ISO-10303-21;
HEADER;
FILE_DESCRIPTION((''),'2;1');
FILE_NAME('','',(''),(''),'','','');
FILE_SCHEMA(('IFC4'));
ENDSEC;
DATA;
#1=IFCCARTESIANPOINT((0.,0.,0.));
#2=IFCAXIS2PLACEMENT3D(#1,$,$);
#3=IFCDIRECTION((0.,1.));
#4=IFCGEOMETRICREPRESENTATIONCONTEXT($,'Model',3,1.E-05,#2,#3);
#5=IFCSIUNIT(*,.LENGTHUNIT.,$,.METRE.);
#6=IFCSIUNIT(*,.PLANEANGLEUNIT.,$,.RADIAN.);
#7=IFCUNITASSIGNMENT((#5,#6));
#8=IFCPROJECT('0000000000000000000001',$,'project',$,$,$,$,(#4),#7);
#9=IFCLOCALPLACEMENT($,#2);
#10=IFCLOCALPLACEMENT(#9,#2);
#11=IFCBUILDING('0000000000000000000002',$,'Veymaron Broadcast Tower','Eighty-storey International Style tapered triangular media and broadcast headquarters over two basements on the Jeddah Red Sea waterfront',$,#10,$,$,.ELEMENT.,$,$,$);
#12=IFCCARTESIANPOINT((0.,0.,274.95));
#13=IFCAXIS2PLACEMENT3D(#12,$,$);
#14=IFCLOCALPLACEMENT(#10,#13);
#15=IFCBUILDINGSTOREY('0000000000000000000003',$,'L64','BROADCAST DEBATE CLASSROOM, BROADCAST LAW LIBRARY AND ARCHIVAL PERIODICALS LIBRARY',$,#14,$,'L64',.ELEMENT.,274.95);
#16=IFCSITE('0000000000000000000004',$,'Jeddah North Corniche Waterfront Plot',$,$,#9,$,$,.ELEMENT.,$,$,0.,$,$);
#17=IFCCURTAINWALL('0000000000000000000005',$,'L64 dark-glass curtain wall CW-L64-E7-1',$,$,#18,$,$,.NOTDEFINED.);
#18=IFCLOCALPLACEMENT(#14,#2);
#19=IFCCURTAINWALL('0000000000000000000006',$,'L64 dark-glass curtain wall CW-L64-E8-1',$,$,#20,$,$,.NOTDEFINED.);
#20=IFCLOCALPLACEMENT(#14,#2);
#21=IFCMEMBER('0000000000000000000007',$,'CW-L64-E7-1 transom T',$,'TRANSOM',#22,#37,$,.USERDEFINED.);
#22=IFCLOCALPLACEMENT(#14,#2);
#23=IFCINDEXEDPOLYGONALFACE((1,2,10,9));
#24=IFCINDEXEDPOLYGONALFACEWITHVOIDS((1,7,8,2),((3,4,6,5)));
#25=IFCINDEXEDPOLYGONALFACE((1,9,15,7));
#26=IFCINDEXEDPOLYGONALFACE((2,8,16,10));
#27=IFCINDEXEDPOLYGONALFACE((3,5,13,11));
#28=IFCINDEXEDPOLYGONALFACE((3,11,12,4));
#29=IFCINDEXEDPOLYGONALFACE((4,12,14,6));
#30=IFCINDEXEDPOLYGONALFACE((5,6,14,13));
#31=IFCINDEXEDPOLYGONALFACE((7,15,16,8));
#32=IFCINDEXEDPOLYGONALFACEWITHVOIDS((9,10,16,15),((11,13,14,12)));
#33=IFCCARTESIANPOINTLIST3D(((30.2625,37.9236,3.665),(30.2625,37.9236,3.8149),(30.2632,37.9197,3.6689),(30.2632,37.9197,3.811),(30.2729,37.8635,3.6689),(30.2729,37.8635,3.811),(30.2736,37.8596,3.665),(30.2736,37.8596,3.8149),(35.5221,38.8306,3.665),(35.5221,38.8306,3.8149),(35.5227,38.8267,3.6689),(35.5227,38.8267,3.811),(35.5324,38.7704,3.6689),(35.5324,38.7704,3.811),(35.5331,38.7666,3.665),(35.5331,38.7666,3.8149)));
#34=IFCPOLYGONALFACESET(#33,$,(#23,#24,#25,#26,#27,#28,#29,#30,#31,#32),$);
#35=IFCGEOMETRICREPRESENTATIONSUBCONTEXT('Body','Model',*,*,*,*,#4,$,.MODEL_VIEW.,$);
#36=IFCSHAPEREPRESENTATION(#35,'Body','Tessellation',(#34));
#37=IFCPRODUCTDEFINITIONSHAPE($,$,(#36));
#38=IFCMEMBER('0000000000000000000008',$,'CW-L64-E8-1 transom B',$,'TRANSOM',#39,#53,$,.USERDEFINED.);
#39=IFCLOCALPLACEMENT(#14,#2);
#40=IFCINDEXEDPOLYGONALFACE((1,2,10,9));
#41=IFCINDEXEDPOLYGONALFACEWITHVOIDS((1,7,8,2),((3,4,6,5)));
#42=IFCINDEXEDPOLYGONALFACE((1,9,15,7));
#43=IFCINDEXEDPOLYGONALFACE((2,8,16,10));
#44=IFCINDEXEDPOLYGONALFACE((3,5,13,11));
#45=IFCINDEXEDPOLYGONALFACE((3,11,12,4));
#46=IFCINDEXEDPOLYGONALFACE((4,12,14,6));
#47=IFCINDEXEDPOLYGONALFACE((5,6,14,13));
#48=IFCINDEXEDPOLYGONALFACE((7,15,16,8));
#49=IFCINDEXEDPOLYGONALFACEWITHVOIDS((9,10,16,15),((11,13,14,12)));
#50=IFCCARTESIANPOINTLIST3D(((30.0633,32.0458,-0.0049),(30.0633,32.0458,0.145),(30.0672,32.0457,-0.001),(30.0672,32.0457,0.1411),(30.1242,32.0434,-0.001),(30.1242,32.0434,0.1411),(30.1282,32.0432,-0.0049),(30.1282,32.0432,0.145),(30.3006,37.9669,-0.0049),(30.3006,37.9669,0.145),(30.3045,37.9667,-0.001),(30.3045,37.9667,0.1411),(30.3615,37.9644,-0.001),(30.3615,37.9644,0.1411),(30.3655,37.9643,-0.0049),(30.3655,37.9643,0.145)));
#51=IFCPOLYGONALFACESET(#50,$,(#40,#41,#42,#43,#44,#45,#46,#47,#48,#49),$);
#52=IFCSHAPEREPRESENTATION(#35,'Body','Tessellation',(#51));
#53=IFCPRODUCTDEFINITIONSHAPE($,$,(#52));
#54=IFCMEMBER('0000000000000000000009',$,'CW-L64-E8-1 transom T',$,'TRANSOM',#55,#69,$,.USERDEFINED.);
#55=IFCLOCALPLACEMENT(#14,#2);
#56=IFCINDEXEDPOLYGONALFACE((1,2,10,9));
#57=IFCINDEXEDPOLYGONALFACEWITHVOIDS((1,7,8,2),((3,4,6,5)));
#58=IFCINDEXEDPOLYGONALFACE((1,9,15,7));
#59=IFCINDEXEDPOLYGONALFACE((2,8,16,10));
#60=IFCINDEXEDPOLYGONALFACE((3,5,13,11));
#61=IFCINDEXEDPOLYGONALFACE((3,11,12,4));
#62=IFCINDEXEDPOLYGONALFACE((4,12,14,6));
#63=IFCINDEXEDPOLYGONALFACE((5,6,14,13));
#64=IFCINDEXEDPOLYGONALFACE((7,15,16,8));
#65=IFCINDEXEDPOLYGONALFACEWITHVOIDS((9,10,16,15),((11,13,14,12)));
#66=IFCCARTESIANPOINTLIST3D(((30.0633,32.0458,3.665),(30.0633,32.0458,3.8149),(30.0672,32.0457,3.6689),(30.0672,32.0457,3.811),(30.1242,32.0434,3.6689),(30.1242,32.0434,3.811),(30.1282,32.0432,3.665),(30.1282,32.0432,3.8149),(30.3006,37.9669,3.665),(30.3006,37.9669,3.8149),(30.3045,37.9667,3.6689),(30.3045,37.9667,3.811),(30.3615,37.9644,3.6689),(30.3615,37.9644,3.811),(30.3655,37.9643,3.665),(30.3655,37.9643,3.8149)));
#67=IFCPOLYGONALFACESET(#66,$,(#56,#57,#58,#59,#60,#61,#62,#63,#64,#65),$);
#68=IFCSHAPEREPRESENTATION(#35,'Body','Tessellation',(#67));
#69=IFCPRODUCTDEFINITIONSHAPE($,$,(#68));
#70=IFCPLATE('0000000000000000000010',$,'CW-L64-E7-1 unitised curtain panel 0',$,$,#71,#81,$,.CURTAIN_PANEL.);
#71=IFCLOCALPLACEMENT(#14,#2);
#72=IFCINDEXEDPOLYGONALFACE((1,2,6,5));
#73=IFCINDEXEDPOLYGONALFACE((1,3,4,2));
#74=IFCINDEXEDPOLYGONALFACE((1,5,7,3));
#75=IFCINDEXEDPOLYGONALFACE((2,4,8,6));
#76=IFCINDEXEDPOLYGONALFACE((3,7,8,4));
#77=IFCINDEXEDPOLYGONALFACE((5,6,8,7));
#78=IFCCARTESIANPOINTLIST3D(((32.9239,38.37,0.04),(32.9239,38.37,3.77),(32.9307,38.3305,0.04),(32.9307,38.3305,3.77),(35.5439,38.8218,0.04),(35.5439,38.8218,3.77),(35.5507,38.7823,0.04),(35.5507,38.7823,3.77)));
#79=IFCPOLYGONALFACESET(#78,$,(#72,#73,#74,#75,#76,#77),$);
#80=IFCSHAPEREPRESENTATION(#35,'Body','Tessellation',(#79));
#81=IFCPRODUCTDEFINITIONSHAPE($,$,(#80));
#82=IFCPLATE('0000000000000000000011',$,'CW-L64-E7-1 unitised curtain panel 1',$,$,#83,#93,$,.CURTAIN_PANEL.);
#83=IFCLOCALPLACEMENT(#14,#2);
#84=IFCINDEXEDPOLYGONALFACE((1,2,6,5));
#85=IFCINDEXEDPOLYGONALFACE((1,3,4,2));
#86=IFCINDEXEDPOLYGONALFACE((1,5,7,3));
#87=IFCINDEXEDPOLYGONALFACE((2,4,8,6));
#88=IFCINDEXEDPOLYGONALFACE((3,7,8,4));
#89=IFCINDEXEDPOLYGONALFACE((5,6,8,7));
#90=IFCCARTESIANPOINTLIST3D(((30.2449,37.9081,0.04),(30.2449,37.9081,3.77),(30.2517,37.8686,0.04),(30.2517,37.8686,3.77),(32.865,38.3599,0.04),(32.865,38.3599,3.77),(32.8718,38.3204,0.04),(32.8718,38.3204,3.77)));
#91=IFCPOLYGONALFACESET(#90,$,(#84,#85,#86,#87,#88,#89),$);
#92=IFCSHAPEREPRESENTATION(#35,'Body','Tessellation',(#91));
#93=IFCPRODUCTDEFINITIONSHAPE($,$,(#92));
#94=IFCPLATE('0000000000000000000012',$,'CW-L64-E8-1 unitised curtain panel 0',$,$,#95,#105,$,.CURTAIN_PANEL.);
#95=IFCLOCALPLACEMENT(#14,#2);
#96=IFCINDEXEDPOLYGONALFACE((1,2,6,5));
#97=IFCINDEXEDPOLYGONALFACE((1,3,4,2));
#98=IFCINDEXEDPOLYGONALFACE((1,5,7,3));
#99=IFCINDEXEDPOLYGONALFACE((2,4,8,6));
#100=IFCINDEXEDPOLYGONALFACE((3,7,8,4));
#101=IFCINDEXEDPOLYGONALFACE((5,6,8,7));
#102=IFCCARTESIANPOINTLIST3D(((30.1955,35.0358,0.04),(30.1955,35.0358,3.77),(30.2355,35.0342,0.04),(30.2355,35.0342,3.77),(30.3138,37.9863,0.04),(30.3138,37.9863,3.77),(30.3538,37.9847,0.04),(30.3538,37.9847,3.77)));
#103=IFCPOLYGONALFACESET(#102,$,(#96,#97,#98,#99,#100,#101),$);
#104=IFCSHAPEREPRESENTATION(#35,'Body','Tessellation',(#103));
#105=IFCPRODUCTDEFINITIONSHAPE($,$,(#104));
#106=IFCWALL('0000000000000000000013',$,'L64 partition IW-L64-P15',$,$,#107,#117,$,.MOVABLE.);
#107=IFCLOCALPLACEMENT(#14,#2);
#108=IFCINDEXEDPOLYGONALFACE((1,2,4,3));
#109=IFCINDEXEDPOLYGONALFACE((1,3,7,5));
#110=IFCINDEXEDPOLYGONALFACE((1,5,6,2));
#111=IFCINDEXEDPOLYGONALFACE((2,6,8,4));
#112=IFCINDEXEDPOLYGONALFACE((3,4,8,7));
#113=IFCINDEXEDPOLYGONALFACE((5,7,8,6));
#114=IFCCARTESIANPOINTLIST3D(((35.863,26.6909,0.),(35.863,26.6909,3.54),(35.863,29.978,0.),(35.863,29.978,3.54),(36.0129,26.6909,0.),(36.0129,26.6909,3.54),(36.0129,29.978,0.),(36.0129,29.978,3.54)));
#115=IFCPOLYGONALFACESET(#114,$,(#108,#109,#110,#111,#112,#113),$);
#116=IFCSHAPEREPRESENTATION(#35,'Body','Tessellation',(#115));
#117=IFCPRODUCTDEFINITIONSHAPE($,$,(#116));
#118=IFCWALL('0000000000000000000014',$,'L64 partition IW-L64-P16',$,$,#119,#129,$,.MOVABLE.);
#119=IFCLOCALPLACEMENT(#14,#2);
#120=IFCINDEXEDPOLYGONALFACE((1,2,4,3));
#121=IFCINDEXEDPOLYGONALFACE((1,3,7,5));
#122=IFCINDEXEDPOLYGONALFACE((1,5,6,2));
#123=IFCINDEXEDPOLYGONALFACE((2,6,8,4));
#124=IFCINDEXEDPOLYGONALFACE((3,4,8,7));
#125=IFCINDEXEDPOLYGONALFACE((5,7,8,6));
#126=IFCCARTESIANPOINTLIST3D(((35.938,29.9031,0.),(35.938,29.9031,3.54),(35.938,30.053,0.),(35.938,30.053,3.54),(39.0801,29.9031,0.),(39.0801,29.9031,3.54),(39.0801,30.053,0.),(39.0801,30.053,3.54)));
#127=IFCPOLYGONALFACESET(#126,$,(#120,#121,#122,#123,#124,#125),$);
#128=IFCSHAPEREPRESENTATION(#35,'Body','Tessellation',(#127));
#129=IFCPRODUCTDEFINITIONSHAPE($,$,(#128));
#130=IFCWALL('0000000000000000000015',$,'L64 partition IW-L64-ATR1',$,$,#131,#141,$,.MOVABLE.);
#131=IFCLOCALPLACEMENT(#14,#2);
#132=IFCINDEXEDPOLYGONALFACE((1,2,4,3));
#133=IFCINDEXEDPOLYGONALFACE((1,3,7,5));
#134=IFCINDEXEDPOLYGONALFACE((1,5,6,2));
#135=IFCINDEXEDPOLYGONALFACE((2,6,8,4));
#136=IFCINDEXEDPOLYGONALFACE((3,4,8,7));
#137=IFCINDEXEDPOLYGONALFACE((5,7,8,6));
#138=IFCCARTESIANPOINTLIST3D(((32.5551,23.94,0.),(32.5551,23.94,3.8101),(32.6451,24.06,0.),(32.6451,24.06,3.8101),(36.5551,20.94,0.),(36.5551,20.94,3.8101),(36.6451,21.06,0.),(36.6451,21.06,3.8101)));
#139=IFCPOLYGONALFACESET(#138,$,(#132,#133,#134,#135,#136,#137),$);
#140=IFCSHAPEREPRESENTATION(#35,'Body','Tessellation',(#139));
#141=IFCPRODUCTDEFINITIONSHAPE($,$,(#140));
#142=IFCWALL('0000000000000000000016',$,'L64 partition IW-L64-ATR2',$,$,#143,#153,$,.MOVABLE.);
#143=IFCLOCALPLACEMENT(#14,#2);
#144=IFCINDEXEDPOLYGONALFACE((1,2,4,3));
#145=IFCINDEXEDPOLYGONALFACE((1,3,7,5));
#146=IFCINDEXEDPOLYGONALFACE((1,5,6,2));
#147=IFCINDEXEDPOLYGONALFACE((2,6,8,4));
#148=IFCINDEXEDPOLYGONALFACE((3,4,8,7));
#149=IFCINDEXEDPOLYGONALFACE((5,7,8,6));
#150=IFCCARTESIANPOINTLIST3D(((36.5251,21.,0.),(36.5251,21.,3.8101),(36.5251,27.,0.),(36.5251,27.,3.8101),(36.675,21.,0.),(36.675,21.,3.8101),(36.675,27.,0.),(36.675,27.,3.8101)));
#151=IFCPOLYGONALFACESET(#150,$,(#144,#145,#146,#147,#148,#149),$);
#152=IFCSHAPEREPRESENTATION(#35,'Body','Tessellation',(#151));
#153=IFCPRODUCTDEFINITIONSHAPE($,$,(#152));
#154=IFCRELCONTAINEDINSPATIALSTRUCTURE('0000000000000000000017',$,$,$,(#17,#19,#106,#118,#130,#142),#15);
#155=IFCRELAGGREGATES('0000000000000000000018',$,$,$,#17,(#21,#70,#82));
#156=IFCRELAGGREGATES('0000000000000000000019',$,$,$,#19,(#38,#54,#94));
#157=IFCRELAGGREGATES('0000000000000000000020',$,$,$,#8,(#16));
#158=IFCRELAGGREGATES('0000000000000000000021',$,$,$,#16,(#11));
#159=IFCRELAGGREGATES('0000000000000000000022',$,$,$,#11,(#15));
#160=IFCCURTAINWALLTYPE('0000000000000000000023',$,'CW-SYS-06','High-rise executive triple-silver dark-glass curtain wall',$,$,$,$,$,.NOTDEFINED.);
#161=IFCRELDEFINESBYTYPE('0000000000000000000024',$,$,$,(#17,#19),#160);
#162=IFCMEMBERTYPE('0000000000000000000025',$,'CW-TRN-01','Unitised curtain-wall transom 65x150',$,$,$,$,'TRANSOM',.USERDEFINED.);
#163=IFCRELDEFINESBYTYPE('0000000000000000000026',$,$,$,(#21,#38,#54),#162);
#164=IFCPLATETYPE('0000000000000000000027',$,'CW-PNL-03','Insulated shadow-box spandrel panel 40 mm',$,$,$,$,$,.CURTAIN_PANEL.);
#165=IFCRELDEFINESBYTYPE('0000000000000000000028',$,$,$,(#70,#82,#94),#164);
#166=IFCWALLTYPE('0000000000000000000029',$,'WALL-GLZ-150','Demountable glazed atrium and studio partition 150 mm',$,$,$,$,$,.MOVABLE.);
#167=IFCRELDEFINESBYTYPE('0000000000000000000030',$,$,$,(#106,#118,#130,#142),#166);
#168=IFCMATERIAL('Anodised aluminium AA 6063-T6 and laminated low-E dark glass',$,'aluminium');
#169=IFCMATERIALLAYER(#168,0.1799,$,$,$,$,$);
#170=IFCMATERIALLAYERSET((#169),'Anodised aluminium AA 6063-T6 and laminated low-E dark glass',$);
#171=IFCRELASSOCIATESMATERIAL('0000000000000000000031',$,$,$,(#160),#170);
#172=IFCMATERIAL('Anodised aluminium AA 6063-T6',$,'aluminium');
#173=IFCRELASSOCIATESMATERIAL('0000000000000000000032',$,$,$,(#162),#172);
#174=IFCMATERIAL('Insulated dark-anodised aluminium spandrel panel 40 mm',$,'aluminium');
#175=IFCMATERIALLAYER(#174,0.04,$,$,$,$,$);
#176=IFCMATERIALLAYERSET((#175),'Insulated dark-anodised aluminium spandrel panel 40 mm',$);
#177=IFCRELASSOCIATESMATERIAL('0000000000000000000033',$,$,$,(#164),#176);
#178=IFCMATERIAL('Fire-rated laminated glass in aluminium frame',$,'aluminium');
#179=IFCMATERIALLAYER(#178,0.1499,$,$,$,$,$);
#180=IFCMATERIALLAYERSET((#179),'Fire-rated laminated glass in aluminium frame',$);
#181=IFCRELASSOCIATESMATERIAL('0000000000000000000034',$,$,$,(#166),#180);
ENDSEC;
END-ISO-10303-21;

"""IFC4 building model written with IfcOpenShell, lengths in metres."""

from ifc_helpers import new_model, si_unit, direction, frame, frame_2d, origin, origin_2d, place, context, subcontext, project, spatial, rectangle, hollow_rectangle, extrude, material, layer, layer_set, material_profile, profile_set, type_object, element, aggregate, save


model = new_model("IFC4")

# Units and contexts
model_context = context("Model", 3, precision=1e-05, world=origin(), true_north=direction((0.0, 1.0)))
body_context = subcontext(model_context, "Body", "Model", "MODEL_VIEW")
ifc_project = project(units=[si_unit("LENGTHUNIT", "METRE"), si_unit("PLANEANGLEUNIT", "RADIAN")], contexts=[model_context])

# Site, building, storey
site_placement = place(None, origin())
site = spatial("IfcSite", under=ifc_project, at=site_placement, Name="Jeddah North Corniche Waterfront Plot", CompositionType="ELEMENT", RefElevation=0.0)
building_placement = place(site_placement, origin())
building = spatial("IfcBuilding", under=site, at=building_placement, Name="Veymaron Broadcast Tower", Description="Eighty-storey International Style tapered triangular media and broadcast headquarters over two basements on the Jeddah Red Sea waterfront", CompositionType="ELEMENT")
storey_placement = place(building_placement, frame((0.0, 0.0, 274.95)))
storey = spatial("IfcBuildingStorey", under=building, at=storey_placement, Name="L64", Description="BROADCAST DEBATE CLASSROOM, BROADCAST LAW LIBRARY AND ARCHIVAL PERIODICALS LIBRARY", LongName="L64", CompositionType="ELEMENT", Elevation=274.95)

# Shared definitions
ifc_material_1 = material(Name="Anodised aluminium AA 6063-T6 and laminated low-E dark glass", Category="aluminium")
ifc_layer_1 = layer(ifc_material_1, 0.1799)
ifc_layer_set_1 = layer_set([ifc_layer_1], Name="Anodised aluminium AA 6063-T6 and laminated low-E dark glass")
curtain_wall_type = type_object("IfcCurtainWallType", Name="CW-SYS-06", Description="High-rise executive triple-silver dark-glass curtain wall", PredefinedType="NOTDEFINED", material=ifc_layer_set_1)
ifc_material_2 = material(Name="Anodised aluminium AA 6063-T6", Category="aluminium")

# Curtain wall
curtain_wall_1_placement = place(storey_placement, origin())
curtain_wall_1 = element("IfcCurtainWall", 1, at=curtain_wall_1_placement, inside=storey, type_object=curtain_wall_type, Name="L64 dark-glass curtain wall CW-L64-E7-1", PredefinedType="NOTDEFINED")

# Curtain wall
curtain_wall_2_placement = place(storey_placement, origin())
curtain_wall_2 = element("IfcCurtainWall", 2, at=curtain_wall_2_placement, inside=storey, type_object=curtain_wall_type, Name="L64 dark-glass curtain wall CW-L64-E8-1", PredefinedType="NOTDEFINED")

# Members
ifc_material_profile_1 = material_profile(ifc_material_2, hollow_rectangle(XDim=0.0649, YDim=0.1499, WallThickness=0.0039, at=origin_2d()), Name="AL150X65X4")
ifc_profile_set_1 = profile_set([ifc_material_profile_1], Name="Anodised aluminium AA 6063-T6")
member_type_1 = type_object("IfcMemberType", Name="CW-TRN-01", Description="Unitised curtain-wall transom 65x150", ElementType="TRANSOM", PredefinedType="USERDEFINED", material=ifc_profile_set_1)
member_1_placement = place(storey_placement, frame((35.5276, 38.7986, 3.74), z_axis=(-0.985455, -0.169938, 0.0), x_axis=(0.169938, -0.985455, 0.0)))
member_1 = element("IfcMember", 3, at=member_1_placement, type_object=member_type_1, Name="CW-L64-E7-1 transom T", ObjectType="TRANSOM", PredefinedType="USERDEFINED", context=body_context, shape_type="SweptSolid", body=[
    extrude(hollow_rectangle(XDim=0.0649, YDim=0.1499, WallThickness=0.0039, at=origin_2d()), origin(), (0.0, 0.0, 1.0), 5.3372),
])
member_2_placement = place(storey_placement, frame((30.333, 37.9656, 0.0701), z_axis=(-0.040045, -0.999198, 0.0), x_axis=(0.999198, -0.040045, 0.0)))
member_2 = element("IfcMember", 4, at=member_2_placement, type_object=member_type_1, Name="CW-L64-E8-1 transom B", ObjectType="TRANSOM", PredefinedType="USERDEFINED", context=body_context, shape_type="SweptSolid", body=[
    extrude(hollow_rectangle(XDim=0.0649, YDim=0.1499, WallThickness=0.0039, at=origin_2d()), origin(), (0.0, 0.0, 1.0), 5.9258),
])
member_3_placement = place(storey_placement, frame((30.333, 37.9656, 3.74), z_axis=(-0.040045, -0.999198, 0.0), x_axis=(0.999198, -0.040045, 0.0)))
member_3 = element("IfcMember", 5, at=member_3_placement, type_object=member_type_1, Name="CW-L64-E8-1 transom T", ObjectType="TRANSOM", PredefinedType="USERDEFINED", context=body_context, shape_type="SweptSolid", body=[
    extrude(hollow_rectangle(XDim=0.0649, YDim=0.1499, WallThickness=0.0039, at=origin_2d()), origin(), (0.0, 0.0, 1.0), 5.9258),
])

# Plates
ifc_material_3 = material(Name="Insulated dark-anodised aluminium spandrel panel 40 mm", Category="aluminium")
ifc_layer_2 = layer(ifc_material_3, 0.04)
ifc_layer_set_2 = layer_set([ifc_layer_2], Name="Insulated dark-anodised aluminium spandrel panel 40 mm")
plate_type = type_object("IfcPlateType", Name="CW-PNL-03", Description="Insulated shadow-box spandrel panel 40 mm", PredefinedType="CURTAIN_PANEL", material=ifc_layer_set_2)
plate_1_placement = place(storey_placement, frame((34.2373, 38.5762, 0.04), z_axis=(0.0, 0.0, 1.0), x_axis=(-0.985455, -0.169934, 0.0)))
plate_1 = element("IfcPlate", 6, at=plate_1_placement, type_object=plate_type, Name="CW-L64-E7-1 unitised curtain panel 0", PredefinedType="CURTAIN_PANEL", context=body_context, shape_type="SweptSolid", body=[
    extrude(rectangle(XDim=2.6587, YDim=0.04, at=origin_2d()), origin(), (0.0, 0.0, 1.0), 3.73),
])
plate_2_placement = place(storey_placement, frame((31.5583, 38.1143, 0.04), z_axis=(0.0, 0.0, 1.0), x_axis=(-0.985455, -0.169934, 0.0)))
plate_2 = element("IfcPlate", 7, at=plate_2_placement, type_object=plate_type, Name="CW-L64-E7-1 unitised curtain panel 1", PredefinedType="CURTAIN_PANEL", context=body_context, shape_type="SweptSolid", body=[
    extrude(rectangle(XDim=2.6587, YDim=0.04, at=origin_2d()), origin(), (0.0, 0.0, 1.0), 3.73),
])
aggregate(curtain_wall_1, [member_1, plate_1, plate_2])
plate_3_placement = place(storey_placement, frame((30.2747, 36.5103, 0.04), z_axis=(0.0, 0.0, 1.0), x_axis=(-0.040045, -0.999198, 0.0)))
plate_3 = element("IfcPlate", 8, at=plate_3_placement, type_object=plate_type, Name="CW-L64-E8-1 unitised curtain panel 0", PredefinedType="CURTAIN_PANEL", context=body_context, shape_type="SweptSolid", body=[
    extrude(rectangle(XDim=2.9529, YDim=0.04, at=origin_2d()), origin(), (0.0, 0.0, 1.0), 3.73),
])
aggregate(curtain_wall_2, [member_2, member_3, plate_3])

# Walls
ifc_material_4 = material(Name="Fire-rated laminated glass in aluminium frame", Category="aluminium")
ifc_layer_3 = layer(ifc_material_4, 0.1499)
ifc_layer_set_3 = layer_set([ifc_layer_3], Name="Fire-rated laminated glass in aluminium frame")
wall_type = type_object("IfcWallType", Name="WALL-GLZ-150", Description="Demountable glazed atrium and studio partition 150 mm", PredefinedType="MOVABLE", material=ifc_layer_set_3)
wall_1_placement = place(storey_placement, frame((35.938, 26.6909, 0.0), z_axis=(0.0, 0.0, 1.0), x_axis=(0.0, 1.0, 0.0)))
element("IfcWall", 9, at=wall_1_placement, inside=storey, type_object=wall_type, Name="L64 partition IW-L64-P15", PredefinedType="MOVABLE", context=body_context, shape_type="SweptSolid", body=[
    extrude(rectangle(XDim=3.2871, YDim=0.1499, at=frame_2d((1.6436, 0.0))), origin(), (0.0, 0.0, 1.0), 3.54),
])
wall_2_placement = place(storey_placement, frame((35.938, 29.978, 0.0), z_axis=(0.0, 0.0, 1.0), x_axis=(1.0, 0.0, 0.0)))
element("IfcWall", 10, at=wall_2_placement, inside=storey, type_object=wall_type, Name="L64 partition IW-L64-P16", PredefinedType="MOVABLE", context=body_context, shape_type="SweptSolid", body=[
    extrude(rectangle(XDim=3.1421, YDim=0.1499, at=frame_2d((1.571, 0.0))), origin(), (0.0, 0.0, 1.0), 3.54),
])
wall_3_placement = place(storey_placement, frame((32.6001, 24.0, 0.0), z_axis=(0.0, 0.0, 1.0), x_axis=(0.8, -0.6, 0.0)))
element("IfcWall", 11, at=wall_3_placement, inside=storey, type_object=wall_type, Name="L64 partition IW-L64-ATR1", PredefinedType="MOVABLE", context=body_context, shape_type="SweptSolid", body=[
    extrude(rectangle(XDim=5.0, YDim=0.1499, at=frame_2d((2.5, 0.0))), origin(), (0.0, 0.0, 1.0), 3.8101),
])
wall_4_placement = place(storey_placement, frame((36.6001, 21.0, 0.0), z_axis=(0.0, 0.0, 1.0), x_axis=(0.0, 1.0, 0.0)))
element("IfcWall", 12, at=wall_4_placement, inside=storey, type_object=wall_type, Name="L64 partition IW-L64-ATR2", PredefinedType="MOVABLE", context=body_context, shape_type="SweptSolid", body=[
    extrude(rectangle(XDim=6.0, YDim=0.1499, at=frame_2d((3.0, 0.0))), origin(), (0.0, 0.0, 1.0), 3.8101),
])

save(model, "model.ifc")
